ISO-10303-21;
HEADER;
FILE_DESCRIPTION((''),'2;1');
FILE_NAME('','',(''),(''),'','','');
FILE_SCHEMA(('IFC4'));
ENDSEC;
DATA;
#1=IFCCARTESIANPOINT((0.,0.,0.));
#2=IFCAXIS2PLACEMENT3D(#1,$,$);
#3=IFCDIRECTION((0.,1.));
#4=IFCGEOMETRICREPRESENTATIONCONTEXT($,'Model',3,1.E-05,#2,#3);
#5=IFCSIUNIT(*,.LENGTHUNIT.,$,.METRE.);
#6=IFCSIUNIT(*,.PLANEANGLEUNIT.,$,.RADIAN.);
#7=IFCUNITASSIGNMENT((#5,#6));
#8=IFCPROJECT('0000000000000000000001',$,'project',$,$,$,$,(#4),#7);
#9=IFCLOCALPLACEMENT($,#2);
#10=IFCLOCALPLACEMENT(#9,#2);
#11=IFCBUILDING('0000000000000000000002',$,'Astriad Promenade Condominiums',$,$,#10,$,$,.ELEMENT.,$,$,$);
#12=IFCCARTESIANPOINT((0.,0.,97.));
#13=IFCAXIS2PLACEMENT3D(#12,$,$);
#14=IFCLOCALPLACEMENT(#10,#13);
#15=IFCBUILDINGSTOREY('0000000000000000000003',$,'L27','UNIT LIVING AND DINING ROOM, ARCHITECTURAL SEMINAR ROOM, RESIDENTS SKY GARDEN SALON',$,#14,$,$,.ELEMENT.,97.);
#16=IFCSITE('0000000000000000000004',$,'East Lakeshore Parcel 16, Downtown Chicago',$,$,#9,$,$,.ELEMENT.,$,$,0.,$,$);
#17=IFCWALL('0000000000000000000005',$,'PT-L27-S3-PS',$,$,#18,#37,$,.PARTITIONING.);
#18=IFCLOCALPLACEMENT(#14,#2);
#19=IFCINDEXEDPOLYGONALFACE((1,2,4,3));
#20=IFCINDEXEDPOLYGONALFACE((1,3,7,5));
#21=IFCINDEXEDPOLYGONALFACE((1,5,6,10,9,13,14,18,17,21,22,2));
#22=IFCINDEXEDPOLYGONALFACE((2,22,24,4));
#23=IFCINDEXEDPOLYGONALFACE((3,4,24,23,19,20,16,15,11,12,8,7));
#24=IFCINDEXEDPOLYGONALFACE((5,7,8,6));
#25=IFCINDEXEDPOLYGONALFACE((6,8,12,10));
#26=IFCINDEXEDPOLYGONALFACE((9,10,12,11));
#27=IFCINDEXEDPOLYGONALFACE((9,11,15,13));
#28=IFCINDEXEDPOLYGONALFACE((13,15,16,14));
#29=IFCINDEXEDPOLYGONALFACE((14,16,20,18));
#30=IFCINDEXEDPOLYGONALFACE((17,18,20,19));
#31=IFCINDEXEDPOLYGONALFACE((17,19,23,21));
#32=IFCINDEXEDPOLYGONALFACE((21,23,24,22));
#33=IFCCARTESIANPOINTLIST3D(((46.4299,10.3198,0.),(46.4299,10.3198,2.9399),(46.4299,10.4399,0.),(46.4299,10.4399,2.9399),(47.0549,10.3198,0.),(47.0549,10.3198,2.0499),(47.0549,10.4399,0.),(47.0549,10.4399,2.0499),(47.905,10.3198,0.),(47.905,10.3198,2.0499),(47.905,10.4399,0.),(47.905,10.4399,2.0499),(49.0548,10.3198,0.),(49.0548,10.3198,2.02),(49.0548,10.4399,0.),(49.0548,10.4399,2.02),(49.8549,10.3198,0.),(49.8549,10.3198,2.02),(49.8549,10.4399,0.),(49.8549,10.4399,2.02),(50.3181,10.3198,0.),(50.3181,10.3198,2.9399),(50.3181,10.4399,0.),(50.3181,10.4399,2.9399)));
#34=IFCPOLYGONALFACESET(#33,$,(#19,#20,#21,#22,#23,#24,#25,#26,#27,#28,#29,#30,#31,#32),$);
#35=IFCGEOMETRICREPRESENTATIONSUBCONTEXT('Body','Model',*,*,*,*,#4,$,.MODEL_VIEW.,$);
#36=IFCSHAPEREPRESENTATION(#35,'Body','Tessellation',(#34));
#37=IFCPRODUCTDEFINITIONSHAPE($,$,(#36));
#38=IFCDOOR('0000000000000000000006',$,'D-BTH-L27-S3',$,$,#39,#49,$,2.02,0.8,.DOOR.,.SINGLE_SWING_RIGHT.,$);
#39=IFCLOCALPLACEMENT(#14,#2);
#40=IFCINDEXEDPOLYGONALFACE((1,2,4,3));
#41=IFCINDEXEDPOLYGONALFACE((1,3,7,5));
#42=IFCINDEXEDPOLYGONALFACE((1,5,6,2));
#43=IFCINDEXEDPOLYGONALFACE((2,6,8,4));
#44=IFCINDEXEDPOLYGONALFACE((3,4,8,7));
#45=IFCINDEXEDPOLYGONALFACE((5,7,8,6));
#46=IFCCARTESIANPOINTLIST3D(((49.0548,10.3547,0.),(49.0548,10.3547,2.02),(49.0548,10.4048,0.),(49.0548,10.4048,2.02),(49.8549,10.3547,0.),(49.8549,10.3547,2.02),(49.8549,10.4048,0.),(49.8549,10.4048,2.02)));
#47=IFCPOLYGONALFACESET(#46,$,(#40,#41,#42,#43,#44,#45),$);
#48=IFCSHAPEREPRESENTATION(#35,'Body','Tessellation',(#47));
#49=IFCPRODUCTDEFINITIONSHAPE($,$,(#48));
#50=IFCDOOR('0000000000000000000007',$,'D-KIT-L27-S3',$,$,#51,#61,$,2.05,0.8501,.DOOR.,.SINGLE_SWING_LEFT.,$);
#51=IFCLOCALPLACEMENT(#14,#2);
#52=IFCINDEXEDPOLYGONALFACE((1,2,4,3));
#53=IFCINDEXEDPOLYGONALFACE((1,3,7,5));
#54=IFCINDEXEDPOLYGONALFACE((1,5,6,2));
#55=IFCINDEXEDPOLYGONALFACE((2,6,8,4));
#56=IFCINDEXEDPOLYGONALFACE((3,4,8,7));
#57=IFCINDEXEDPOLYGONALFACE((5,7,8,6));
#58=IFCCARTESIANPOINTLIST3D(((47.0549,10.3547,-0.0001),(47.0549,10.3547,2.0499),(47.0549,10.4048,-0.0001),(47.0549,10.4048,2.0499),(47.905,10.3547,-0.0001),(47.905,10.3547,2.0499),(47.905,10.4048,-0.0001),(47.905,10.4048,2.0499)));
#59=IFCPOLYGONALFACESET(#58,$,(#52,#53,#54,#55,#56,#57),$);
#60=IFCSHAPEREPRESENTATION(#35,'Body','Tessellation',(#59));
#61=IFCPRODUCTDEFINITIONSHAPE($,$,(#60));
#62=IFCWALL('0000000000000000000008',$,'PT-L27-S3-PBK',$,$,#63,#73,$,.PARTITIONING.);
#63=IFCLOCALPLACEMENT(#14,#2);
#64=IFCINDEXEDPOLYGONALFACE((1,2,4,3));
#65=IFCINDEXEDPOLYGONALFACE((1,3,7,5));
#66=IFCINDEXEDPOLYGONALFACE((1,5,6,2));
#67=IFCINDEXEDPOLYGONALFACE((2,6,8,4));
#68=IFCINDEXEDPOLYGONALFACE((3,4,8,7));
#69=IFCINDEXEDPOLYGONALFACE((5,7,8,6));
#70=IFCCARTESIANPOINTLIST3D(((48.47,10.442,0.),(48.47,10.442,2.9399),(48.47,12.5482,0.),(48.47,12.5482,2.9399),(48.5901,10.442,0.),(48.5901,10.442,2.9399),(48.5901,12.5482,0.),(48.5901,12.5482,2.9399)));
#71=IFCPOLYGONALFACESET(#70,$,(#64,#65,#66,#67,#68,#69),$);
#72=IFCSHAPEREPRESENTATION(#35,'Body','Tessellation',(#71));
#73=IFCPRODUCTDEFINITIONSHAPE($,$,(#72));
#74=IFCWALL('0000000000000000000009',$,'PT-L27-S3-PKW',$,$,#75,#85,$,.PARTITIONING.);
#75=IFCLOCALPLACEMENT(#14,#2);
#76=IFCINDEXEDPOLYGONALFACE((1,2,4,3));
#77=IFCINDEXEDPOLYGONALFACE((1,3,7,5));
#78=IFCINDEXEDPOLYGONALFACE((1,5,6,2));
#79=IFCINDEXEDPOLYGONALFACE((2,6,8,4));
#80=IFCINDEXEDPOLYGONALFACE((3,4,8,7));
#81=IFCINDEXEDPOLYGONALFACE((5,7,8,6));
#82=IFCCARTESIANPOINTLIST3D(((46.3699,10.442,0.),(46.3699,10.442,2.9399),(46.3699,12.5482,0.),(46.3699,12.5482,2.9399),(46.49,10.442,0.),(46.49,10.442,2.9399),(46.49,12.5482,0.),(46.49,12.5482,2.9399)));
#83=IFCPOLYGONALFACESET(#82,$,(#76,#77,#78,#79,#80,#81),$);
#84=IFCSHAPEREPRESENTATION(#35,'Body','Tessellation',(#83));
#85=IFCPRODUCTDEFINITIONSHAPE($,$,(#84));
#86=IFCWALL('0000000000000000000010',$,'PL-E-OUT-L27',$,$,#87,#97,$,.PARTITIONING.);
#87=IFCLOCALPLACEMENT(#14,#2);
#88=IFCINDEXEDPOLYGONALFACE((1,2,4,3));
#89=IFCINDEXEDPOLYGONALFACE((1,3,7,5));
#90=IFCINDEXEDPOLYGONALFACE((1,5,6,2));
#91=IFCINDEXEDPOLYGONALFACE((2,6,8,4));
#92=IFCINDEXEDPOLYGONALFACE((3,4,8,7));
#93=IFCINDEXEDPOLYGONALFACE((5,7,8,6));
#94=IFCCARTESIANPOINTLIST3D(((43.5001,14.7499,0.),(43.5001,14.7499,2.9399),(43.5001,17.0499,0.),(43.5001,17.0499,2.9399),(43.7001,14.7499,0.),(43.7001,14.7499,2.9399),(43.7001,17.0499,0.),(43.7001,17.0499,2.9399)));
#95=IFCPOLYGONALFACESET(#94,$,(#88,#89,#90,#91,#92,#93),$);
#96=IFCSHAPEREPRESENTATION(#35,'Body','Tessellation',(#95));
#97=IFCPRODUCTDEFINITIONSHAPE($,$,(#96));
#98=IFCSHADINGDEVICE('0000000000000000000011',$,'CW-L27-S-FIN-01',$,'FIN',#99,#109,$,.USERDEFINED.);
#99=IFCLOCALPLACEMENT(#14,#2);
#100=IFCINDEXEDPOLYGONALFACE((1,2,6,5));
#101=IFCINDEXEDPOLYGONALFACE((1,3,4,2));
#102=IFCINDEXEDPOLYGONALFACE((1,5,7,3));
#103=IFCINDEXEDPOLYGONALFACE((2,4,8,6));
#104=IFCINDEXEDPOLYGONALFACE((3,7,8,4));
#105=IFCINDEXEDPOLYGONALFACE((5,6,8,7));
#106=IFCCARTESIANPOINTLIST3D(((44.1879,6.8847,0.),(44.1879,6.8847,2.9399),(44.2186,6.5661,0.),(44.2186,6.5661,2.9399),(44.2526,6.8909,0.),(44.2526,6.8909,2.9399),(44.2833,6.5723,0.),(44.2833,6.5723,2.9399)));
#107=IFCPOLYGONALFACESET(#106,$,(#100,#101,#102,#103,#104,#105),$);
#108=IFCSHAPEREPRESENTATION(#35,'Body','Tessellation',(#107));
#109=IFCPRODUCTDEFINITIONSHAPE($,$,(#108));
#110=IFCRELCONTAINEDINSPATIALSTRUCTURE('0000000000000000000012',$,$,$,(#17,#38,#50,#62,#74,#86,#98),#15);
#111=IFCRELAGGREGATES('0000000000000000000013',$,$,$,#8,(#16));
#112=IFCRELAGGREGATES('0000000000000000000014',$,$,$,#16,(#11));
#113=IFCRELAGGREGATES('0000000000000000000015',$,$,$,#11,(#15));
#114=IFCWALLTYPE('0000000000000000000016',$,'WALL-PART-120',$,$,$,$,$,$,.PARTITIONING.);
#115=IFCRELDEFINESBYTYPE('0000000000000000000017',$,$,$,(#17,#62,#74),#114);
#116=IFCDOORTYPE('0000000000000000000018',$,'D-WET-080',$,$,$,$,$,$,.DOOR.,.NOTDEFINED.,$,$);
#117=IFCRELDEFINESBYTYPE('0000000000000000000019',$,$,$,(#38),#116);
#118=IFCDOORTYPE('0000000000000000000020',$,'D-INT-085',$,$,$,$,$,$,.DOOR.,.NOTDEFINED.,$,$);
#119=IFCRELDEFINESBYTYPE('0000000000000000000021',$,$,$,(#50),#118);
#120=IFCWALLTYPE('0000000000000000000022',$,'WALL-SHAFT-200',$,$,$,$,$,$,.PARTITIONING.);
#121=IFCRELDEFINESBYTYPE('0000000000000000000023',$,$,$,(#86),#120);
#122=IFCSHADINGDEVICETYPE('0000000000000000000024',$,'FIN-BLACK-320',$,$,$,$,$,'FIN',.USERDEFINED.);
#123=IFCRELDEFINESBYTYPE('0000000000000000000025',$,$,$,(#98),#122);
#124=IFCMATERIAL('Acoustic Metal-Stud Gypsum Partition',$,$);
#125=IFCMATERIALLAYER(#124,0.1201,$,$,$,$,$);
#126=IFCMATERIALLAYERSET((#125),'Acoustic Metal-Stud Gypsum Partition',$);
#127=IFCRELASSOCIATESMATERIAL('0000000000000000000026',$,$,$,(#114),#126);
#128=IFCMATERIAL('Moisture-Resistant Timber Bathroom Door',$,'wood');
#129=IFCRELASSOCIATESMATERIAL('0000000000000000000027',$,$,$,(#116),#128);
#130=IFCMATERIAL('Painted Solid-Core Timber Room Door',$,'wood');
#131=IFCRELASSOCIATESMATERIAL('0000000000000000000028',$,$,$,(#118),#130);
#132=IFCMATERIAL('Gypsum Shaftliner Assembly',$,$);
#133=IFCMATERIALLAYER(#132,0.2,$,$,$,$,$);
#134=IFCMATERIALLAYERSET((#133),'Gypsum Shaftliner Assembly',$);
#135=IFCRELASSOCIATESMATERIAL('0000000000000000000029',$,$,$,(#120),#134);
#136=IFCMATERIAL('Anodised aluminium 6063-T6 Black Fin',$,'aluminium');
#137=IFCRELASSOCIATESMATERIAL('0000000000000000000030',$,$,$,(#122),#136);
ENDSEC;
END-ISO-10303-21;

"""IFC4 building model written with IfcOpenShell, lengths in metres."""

from ifc_helpers import new_model, si_unit, direction, frame, frame_2d, origin, origin_2d, place, context, subcontext, project, spatial, rectangle, extrude, source, transform, mapped, material, layer, layer_set, type_object, type_shapes, element, fill, save


model = new_model("IFC4")

# Units and contexts
model_context = context("Model", 3, precision=1e-05, world=origin(), true_north=direction((0.0, 1.0)))
body_context = subcontext(model_context, "Body", "Model", "MODEL_VIEW")
ifc_project = project(units=[si_unit("LENGTHUNIT", "METRE"), si_unit("PLANEANGLEUNIT", "RADIAN")], contexts=[model_context])

# Site, building, storey
site_placement = place(None, origin())
site = spatial("IfcSite", under=ifc_project, at=site_placement, Name="East Lakeshore Parcel 16, Downtown Chicago", CompositionType="ELEMENT", RefElevation=0.0)
building_placement = place(site_placement, origin())
building = spatial("IfcBuilding", under=site, at=building_placement, Name="Astriad Promenade Condominiums", CompositionType="ELEMENT")
storey_placement = place(building_placement, frame((0.0, 0.0, 97.0)))
storey = spatial("IfcBuildingStorey", under=building, at=storey_placement, Name="L27", Description="UNIT LIVING AND DINING ROOM, ARCHITECTURAL SEMINAR ROOM, RESIDENTS SKY GARDEN SALON", CompositionType="ELEMENT", Elevation=97.0)

# Wall, openings, doors
ifc_material_1 = material(Name="Acoustic Metal-Stud Gypsum Partition")
ifc_layer_1 = layer(ifc_material_1, 0.1201)
ifc_layer_set_1 = layer_set([ifc_layer_1], Name="Acoustic Metal-Stud Gypsum Partition")
wall_type_1 = type_object("IfcWallType", Name="WALL-PART-120", PredefinedType="PARTITIONING", material=ifc_layer_set_1)
wall_1_placement = place(storey_placement, frame((46.4299, 10.3799, 0.0), z_axis=(0.0, 0.0, 1.0), x_axis=(1.0, 0.0, 0.0)))
wall_1 = element("IfcWall", 1, at=wall_1_placement, inside=storey, type_object=wall_type_1, Name="PT-L27-S3-PS", PredefinedType="PARTITIONING", context=body_context, shape_type="SweptSolid", body=[
    extrude(rectangle(XDim=3.8882, YDim=0.1201, at=frame_2d((1.9441, 0.0))), origin(), (0.0, 0.0, 1.0), 2.9399),
])
opening_1_placement = place(wall_1_placement, frame((0.625, 0.0, 0.0)))
opening_1 = element("IfcOpeningElement", 2, at=opening_1_placement, cuts=wall_1, PredefinedType="OPENING", context=body_context, shape_type="SweptSolid", body=[
    extrude(rectangle(XDim=0.8501, YDim=2.05, at=frame_2d((0.425, 1.0249))), frame((0.0, 0.0701, 0.0), z_axis=(0.0, -1.0, 0.0), x_axis=(1.0, 0.0, 0.0)), (0.0, 0.0, 1.0), 0.1401),
])
opening_2_placement = place(wall_1_placement, frame((2.625, 0.0, 0.0)))
opening_2 = element("IfcOpeningElement", 3, at=opening_2_placement, cuts=wall_1, PredefinedType="OPENING", context=body_context, shape_type="SweptSolid", body=[
    extrude(rectangle(XDim=0.8, YDim=2.02, at=frame_2d((0.3999, 1.01))), frame((0.0, 0.0701, 0.0), z_axis=(0.0, -1.0, 0.0), x_axis=(1.0, 0.0, 0.0)), (0.0, 0.0, 1.0), 0.1401),
])
ifc_material_2 = material(Name="Moisture-Resistant Timber Bathroom Door", Category="wood")
door_type_1 = type_object("IfcDoorType", Name="D-WET-080", OperationType="NOTDEFINED", PredefinedType="DOOR", material=ifc_material_2)
shared_shape_1 = source(origin(), body_context, "Body", "SweptSolid", [
    extrude(rectangle(XDim=0.8, YDim=2.02, at=frame_2d((0.3999, 1.01))), frame((0.0, 0.0249, 0.0), z_axis=(0.0, -1.0, 0.0), x_axis=(1.0, 0.0, 0.0)), (0.0, 0.0, 1.0), 0.05),
])
type_shapes(door_type_1, [shared_shape_1])
door_1_placement = place(opening_2_placement, origin())
door_1 = element("IfcDoor", 4, at=door_1_placement, inside=storey, type_object=door_type_1, Name="D-BTH-L27-S3", OperationType="SINGLE_SWING_RIGHT", OverallHeight=2.02, OverallWidth=0.8, PredefinedType="DOOR", context=body_context, shape_type="MappedRepresentation", body=[
    mapped(shared_shape_1, transform((0.0, 0.0, 0.0), scale=1.0)),
])
fill(opening_2, door_1)
ifc_material_3 = material(Name="Painted Solid-Core Timber Room Door", Category="wood")
door_type_2 = type_object("IfcDoorType", Name="D-INT-085", OperationType="NOTDEFINED", PredefinedType="DOOR", material=ifc_material_3)
shared_shape_2 = source(origin(), body_context, "Body", "SweptSolid", [
    extrude(rectangle(XDim=0.8501, YDim=2.05, at=frame_2d((0.425, 1.0249))), frame((0.0, 0.0249, 0.0), z_axis=(0.0, -1.0, 0.0), x_axis=(1.0, 0.0, 0.0)), (0.0, 0.0, 1.0), 0.05),
])
type_shapes(door_type_2, [shared_shape_2])
door_2_placement = place(opening_1_placement, origin())
door_2 = element("IfcDoor", 5, at=door_2_placement, inside=storey, type_object=door_type_2, Name="D-KIT-L27-S3", OperationType="SINGLE_SWING_LEFT", OverallHeight=2.05, OverallWidth=0.8501, PredefinedType="DOOR", context=body_context, shape_type="MappedRepresentation", body=[
    mapped(shared_shape_2, transform((0.0, 0.0, 0.0), scale=1.0)),
])
fill(opening_1, door_2)

# Walls
for number, where, z_axis, x_axis, name in (
    (6, (48.53, 10.4419, 0.0), (0.0, 0.0, 1.0), (0.0, 1.0, 0.0), "PT-L27-S3-PBK"),
    (7, (46.4299, 10.4419, 0.0), (0.0, 0.0, 1.0), (0.0, 1.0, 0.0), "PT-L27-S3-PKW"),
):
    element("IfcWall", number, at=place(storey_placement, frame(where, z_axis=z_axis, x_axis=x_axis)), inside=storey, type_object=wall_type_1, Name=name, PredefinedType="PARTITIONING", context=body_context, shape_type="SweptSolid", body=[
        extrude(rectangle(XDim=2.1062, YDim=0.1201, at=frame_2d((1.0532, 0.0))), origin(), (0.0, 0.0, 1.0), 2.9399),
    ])
ifc_material_4 = material(Name="Gypsum Shaftliner Assembly")
ifc_layer_2 = layer(ifc_material_4, 0.2)
ifc_layer_set_2 = layer_set([ifc_layer_2], Name="Gypsum Shaftliner Assembly")
wall_type_2 = type_object("IfcWallType", Name="WALL-SHAFT-200", PredefinedType="PARTITIONING", material=ifc_layer_set_2)
wall_2_placement = place(storey_placement, frame((43.6001, 14.75, 0.0), z_axis=(0.0, 0.0, 1.0), x_axis=(0.0, 1.0, 0.0)))
element("IfcWall", 8, at=wall_2_placement, inside=storey, type_object=wall_type_2, Name="PL-E-OUT-L27", PredefinedType="PARTITIONING", context=body_context, shape_type="SweptSolid", body=[
    extrude(rectangle(XDim=2.3, YDim=0.2, at=frame_2d((1.1499, 0.0))), origin(), (0.0, 0.0, 1.0), 2.9399),
])

# Shading device
ifc_material_5 = material(Name="Anodised aluminium 6063-T6 Black Fin", Category="aluminium")
shading_device_type = type_object("IfcShadingDeviceType", Name="FIN-BLACK-320", ElementType="FIN", PredefinedType="USERDEFINED", material=ifc_material_5)
shared_shape_3 = source(origin(), body_context, "Body", "SweptSolid", [
    extrude(rectangle(XDim=0.0649, YDim=0.3201, at=origin_2d()), origin(), (0.0, 0.0, 1.0), 2.9399),
])
type_shapes(shading_device_type, [shared_shape_3])
shading_device_placement = place(storey_placement, frame((44.2356, 6.7285, 0.0), z_axis=(0.0, 0.0, 1.0), x_axis=(-0.995396, -0.095846, 0.0)))
element("IfcShadingDevice", 9, at=shading_device_placement, inside=storey, type_object=shading_device_type, Name="CW-L27-S-FIN-01", ObjectType="FIN", PredefinedType="USERDEFINED", context=body_context, shape_type="MappedRepresentation", body=[
    mapped(shared_shape_3, transform((0.0, 0.0, 0.0), scale=1.0)),
])

save(model, "model.ifc")
